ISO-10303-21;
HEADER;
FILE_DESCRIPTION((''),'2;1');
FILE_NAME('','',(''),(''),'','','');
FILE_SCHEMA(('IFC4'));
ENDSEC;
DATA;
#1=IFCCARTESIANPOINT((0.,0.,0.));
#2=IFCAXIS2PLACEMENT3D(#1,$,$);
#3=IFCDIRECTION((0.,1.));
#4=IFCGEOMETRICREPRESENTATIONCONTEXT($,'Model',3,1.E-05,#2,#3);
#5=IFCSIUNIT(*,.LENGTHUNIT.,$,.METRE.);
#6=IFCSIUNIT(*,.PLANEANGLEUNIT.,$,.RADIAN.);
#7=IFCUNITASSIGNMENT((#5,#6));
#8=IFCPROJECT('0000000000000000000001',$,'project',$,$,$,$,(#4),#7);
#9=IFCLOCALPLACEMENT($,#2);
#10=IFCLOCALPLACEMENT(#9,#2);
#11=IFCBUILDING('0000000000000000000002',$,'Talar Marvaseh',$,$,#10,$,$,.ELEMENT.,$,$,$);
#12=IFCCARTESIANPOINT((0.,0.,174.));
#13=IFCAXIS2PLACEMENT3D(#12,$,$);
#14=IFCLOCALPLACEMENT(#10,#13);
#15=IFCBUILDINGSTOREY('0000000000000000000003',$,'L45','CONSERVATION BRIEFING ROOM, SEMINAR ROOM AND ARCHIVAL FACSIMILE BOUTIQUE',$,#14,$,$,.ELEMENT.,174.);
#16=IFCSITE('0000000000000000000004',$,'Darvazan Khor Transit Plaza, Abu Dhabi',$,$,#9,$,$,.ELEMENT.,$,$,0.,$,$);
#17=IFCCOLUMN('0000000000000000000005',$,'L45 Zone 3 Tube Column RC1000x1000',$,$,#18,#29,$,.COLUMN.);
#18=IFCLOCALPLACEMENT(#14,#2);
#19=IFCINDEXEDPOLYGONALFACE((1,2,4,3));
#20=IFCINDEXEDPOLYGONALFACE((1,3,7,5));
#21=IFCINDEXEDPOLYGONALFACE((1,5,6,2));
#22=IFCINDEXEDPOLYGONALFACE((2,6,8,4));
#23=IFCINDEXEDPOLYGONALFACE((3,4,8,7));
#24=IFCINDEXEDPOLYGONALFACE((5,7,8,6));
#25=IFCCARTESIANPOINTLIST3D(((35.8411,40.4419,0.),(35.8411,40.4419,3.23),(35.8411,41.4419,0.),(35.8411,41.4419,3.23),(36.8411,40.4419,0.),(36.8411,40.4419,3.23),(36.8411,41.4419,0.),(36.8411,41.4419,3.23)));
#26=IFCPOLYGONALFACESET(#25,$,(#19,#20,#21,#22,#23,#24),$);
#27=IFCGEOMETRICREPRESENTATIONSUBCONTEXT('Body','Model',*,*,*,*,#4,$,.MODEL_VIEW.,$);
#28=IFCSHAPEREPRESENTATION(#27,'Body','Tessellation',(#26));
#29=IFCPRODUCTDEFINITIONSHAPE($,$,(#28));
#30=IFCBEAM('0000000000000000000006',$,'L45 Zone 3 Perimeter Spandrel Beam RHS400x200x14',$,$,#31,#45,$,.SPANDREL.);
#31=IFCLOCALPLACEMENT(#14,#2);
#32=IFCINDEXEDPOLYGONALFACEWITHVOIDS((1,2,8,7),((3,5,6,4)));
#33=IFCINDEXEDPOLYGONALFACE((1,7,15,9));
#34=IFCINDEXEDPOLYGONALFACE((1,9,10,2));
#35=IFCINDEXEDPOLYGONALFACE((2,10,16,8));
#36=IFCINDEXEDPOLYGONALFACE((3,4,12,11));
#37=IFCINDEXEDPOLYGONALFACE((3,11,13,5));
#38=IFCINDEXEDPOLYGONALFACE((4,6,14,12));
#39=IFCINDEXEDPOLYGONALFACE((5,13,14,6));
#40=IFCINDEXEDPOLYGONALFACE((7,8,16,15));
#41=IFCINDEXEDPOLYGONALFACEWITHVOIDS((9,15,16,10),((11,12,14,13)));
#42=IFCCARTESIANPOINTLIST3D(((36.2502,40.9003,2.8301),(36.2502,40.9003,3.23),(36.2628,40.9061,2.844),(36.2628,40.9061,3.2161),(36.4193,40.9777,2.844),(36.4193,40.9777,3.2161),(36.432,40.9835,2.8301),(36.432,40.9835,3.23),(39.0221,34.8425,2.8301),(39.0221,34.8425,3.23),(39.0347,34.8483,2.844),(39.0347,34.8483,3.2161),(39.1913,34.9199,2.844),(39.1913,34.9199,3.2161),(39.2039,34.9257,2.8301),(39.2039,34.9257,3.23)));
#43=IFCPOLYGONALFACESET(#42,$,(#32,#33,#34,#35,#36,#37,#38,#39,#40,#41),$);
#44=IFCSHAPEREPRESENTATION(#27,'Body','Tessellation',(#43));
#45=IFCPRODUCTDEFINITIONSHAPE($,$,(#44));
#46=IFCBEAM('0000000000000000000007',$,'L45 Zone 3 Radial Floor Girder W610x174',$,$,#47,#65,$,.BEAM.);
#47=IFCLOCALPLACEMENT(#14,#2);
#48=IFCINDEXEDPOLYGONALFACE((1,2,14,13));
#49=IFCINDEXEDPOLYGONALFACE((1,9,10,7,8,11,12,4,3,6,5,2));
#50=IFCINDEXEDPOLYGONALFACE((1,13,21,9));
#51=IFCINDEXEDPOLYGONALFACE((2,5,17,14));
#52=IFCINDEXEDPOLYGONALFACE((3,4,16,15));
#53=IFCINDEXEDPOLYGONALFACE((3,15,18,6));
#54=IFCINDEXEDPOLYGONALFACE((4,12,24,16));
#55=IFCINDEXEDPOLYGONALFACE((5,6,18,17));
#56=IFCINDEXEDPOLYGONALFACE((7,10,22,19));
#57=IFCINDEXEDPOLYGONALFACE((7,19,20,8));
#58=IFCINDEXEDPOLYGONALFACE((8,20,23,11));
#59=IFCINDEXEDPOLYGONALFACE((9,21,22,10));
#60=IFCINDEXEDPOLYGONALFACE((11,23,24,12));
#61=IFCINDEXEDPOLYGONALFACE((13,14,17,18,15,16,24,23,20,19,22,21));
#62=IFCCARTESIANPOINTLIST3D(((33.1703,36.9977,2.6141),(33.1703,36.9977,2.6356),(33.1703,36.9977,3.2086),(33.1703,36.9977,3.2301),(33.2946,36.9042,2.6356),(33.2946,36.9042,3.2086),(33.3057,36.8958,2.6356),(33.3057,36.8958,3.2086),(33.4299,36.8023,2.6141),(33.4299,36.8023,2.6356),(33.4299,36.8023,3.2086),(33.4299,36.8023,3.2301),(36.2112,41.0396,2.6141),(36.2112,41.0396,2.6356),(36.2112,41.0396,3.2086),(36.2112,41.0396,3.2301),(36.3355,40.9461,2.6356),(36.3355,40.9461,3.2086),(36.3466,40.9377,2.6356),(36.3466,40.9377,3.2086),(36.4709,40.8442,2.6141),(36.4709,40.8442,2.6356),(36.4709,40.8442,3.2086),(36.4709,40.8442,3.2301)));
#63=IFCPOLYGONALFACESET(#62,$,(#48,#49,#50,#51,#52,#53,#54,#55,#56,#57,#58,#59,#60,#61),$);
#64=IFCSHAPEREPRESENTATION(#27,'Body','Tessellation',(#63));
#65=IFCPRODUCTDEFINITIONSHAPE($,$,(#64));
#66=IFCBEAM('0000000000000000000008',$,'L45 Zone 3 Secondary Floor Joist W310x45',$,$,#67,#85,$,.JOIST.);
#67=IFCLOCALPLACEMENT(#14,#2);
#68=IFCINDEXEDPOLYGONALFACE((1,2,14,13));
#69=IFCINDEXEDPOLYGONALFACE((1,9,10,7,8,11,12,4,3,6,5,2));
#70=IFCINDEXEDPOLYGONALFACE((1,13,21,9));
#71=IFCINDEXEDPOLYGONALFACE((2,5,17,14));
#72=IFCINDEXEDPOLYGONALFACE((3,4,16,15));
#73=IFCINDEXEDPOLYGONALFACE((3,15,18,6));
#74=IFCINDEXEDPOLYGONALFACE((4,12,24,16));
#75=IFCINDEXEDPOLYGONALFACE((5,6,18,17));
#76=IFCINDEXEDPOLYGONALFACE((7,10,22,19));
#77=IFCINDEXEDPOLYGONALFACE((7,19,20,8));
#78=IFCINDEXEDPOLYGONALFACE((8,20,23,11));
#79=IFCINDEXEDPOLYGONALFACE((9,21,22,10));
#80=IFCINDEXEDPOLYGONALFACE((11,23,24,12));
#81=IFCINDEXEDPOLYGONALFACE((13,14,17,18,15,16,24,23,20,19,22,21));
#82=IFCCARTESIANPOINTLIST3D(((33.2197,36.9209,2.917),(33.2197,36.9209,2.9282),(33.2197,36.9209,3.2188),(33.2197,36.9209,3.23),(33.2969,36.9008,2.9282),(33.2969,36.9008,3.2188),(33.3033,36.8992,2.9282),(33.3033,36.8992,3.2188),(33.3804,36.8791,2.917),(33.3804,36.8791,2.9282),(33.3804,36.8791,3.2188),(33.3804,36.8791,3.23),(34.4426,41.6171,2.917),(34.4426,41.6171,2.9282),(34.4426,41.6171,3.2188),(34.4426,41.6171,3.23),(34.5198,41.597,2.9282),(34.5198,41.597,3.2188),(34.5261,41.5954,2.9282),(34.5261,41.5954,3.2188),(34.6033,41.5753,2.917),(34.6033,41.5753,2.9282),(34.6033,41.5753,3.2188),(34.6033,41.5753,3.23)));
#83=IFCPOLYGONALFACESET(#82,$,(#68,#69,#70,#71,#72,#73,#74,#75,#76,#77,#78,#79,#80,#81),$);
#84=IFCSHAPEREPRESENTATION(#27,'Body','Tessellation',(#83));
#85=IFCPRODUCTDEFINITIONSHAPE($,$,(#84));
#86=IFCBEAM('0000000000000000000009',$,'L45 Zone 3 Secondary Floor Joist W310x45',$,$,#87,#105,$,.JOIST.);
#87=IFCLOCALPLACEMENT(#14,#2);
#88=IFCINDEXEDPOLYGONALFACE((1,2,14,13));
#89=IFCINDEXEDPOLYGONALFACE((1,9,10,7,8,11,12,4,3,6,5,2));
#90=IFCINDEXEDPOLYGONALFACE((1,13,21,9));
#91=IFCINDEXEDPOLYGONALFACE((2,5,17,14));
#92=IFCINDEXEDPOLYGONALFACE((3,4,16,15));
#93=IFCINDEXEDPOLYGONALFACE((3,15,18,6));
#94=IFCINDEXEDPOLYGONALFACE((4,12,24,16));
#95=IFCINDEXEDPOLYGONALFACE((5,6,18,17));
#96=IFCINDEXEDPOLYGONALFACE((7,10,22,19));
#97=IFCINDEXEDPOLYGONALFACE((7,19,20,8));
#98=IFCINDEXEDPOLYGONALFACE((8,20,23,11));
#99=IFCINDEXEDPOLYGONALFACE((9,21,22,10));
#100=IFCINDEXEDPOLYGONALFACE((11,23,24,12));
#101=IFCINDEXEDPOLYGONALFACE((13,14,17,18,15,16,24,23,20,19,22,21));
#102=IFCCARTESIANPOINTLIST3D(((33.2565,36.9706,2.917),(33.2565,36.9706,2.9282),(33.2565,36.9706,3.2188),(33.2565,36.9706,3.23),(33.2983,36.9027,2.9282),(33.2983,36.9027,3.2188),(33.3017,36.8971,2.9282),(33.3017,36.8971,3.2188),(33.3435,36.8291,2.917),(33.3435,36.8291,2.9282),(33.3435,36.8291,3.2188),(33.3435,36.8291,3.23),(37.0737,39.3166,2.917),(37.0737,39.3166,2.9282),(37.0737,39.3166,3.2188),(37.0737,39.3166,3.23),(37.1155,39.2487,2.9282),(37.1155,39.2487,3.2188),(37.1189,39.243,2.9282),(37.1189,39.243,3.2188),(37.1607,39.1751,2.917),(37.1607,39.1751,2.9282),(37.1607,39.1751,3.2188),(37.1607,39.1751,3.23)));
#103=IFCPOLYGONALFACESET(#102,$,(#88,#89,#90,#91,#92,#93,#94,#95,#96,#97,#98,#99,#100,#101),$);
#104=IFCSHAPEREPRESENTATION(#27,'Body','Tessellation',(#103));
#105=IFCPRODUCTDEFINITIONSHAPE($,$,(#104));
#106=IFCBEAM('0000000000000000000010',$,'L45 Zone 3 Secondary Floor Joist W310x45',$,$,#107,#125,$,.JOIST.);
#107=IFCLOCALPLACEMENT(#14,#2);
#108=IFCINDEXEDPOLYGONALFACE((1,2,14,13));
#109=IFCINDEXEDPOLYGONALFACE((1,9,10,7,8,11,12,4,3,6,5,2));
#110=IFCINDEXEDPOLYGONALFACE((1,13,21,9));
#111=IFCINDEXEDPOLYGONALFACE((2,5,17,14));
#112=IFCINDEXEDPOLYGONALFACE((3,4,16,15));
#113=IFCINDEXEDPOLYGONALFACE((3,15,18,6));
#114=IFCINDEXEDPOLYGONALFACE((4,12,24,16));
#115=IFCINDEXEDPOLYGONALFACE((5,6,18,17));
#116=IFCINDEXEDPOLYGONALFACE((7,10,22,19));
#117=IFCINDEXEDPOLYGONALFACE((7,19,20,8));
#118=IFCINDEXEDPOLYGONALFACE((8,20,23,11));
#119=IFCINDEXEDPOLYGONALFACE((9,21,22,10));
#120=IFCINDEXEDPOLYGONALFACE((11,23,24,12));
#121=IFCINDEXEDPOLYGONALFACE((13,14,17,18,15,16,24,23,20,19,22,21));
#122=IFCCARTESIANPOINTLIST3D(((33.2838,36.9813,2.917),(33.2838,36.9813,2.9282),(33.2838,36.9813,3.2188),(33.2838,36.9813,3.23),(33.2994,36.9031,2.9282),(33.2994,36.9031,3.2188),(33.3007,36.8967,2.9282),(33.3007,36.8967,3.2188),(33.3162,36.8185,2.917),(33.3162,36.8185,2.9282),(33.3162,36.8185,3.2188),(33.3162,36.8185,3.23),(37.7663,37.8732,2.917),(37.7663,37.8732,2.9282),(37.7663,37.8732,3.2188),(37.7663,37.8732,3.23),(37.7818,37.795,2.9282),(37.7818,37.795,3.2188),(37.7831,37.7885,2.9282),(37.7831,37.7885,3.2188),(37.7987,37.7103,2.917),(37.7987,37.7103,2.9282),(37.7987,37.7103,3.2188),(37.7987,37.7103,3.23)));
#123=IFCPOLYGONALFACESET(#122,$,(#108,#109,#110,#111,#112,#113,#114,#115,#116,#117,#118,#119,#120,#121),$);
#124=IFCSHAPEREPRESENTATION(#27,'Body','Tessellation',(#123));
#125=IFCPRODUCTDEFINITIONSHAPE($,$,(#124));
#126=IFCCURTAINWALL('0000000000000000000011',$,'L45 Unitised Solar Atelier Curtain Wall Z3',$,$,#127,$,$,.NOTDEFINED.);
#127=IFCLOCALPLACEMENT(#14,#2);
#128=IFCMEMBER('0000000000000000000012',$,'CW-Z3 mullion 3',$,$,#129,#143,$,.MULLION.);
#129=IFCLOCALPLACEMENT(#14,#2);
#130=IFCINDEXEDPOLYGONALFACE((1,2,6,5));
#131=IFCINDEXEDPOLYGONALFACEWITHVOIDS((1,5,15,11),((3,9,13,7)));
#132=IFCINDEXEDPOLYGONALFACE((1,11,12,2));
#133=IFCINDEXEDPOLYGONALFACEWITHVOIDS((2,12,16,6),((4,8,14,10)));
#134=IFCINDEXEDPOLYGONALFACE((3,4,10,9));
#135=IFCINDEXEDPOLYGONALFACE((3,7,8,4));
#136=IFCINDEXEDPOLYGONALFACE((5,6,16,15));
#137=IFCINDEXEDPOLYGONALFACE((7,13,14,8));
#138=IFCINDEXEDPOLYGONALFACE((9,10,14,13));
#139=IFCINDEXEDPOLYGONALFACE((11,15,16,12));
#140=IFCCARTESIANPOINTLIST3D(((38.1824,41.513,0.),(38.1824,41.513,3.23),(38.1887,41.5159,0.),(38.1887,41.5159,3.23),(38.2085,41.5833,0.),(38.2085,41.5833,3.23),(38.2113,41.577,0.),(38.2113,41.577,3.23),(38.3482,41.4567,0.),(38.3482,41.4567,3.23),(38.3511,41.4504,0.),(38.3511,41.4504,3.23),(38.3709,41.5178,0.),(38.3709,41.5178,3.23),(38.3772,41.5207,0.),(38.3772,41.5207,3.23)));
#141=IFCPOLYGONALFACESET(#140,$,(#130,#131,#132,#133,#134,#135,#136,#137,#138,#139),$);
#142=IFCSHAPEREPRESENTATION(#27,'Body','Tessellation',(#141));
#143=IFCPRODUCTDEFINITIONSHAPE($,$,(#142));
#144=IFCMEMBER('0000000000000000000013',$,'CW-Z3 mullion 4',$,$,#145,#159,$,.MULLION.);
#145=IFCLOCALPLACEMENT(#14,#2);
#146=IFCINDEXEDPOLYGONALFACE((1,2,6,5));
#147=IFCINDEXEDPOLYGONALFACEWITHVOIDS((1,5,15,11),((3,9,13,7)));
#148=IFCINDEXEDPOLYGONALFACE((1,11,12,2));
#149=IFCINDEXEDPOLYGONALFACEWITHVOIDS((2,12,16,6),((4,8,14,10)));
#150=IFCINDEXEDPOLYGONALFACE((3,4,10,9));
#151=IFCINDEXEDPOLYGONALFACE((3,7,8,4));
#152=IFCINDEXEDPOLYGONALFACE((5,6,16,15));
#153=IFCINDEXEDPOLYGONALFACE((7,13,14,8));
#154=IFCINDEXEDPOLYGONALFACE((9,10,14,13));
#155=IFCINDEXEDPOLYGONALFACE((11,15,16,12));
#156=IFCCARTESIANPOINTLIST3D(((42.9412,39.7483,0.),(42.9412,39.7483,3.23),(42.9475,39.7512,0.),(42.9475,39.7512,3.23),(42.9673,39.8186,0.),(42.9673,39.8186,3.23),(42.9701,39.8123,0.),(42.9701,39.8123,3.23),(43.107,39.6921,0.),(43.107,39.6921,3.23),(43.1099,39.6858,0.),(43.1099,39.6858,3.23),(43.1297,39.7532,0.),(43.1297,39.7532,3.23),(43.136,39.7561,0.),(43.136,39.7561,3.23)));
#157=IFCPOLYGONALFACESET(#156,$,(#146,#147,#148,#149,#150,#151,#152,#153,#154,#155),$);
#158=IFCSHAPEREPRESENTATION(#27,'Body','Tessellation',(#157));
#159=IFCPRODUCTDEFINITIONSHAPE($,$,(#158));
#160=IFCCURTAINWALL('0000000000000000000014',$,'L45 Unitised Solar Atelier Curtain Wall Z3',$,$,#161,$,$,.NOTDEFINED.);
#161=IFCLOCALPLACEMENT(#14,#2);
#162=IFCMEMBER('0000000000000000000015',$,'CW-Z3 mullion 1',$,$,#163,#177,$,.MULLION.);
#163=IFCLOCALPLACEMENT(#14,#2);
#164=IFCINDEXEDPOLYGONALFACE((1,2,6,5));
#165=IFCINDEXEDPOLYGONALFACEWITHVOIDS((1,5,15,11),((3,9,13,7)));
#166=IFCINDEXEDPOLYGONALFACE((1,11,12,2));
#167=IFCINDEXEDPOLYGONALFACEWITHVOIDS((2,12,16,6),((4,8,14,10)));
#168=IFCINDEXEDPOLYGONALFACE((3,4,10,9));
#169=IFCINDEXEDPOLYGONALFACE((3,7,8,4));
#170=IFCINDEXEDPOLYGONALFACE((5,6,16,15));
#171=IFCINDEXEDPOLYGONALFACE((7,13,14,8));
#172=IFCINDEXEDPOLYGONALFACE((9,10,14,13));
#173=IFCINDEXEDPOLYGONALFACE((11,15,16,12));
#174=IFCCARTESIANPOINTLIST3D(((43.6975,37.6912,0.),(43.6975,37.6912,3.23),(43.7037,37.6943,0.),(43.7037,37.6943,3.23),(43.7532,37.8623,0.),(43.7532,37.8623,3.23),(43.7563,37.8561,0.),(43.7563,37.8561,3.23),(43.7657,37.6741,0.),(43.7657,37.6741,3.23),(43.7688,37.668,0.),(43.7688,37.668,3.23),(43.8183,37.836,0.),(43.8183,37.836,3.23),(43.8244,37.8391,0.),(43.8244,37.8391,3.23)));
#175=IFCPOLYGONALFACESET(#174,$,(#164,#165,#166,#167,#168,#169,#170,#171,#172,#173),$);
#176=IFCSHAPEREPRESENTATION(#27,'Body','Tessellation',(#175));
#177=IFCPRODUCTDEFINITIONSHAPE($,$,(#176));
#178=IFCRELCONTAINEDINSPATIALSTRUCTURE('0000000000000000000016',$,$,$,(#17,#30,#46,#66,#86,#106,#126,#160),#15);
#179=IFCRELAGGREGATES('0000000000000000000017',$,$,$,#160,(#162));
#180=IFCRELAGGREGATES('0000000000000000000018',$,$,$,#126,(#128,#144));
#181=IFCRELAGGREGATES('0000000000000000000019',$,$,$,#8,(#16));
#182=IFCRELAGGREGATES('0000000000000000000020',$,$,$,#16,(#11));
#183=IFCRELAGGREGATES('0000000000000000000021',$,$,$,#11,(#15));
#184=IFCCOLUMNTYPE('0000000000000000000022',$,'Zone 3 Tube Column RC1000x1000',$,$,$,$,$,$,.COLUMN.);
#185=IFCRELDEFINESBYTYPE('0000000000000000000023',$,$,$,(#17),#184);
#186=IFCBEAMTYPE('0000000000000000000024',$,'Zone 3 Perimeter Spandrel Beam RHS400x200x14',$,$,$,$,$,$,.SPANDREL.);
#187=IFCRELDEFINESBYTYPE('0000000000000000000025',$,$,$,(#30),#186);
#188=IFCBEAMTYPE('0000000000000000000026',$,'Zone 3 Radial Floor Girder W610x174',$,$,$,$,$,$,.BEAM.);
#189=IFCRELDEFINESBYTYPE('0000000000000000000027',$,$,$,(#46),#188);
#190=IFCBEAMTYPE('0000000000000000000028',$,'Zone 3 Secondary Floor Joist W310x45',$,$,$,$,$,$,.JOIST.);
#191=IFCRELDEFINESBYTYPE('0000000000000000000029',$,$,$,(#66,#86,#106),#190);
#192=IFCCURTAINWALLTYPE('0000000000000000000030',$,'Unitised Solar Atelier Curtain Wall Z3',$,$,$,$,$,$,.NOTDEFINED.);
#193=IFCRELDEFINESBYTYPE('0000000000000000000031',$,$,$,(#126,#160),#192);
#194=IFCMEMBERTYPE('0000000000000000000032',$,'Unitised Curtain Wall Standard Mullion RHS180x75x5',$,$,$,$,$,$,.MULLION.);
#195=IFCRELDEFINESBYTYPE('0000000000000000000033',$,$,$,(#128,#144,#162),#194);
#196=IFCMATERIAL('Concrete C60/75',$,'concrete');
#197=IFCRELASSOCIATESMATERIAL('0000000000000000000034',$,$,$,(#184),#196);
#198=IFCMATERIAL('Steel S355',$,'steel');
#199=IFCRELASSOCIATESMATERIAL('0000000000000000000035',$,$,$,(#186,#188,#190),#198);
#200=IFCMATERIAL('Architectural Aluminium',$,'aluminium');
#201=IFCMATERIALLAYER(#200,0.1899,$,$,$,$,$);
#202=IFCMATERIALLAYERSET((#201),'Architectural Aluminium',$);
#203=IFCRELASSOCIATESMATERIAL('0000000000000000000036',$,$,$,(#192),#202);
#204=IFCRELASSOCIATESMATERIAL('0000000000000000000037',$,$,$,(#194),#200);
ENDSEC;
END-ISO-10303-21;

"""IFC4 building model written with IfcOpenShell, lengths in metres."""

from ifc_helpers import new_model, si_unit, direction, frame, origin, origin_2d, place, context, subcontext, project, spatial, rectangle, hollow_rectangle, i_section, extrude, source, transform, mapped, material, layer, layer_set, material_profile, profile_set, type_object, type_shapes, element, aggregate, save


model = new_model("IFC4")

# Units and contexts
model_context = context("Model", 3, precision=1e-05, world=origin(), true_north=direction((0.0, 1.0)))
body_context = subcontext(model_context, "Body", "Model", "MODEL_VIEW")
ifc_project = project(units=[si_unit("LENGTHUNIT", "METRE"), si_unit("PLANEANGLEUNIT", "RADIAN")], contexts=[model_context])

# Site, building, storey
site_placement = place(None, origin())
site = spatial("IfcSite", under=ifc_project, at=site_placement, Name="Darvazan Khor Transit Plaza, Abu Dhabi", CompositionType="ELEMENT", RefElevation=0.0)
building_placement = place(site_placement, origin())
building = spatial("IfcBuilding", under=site, at=building_placement, Name="Talar Marvaseh", CompositionType="ELEMENT")
storey_placement = place(building_placement, frame((0.0, 0.0, 174.0)))
storey = spatial("IfcBuildingStorey", under=building, at=storey_placement, Name="L45", Description="CONSERVATION BRIEFING ROOM, SEMINAR ROOM AND ARCHIVAL FACSIMILE BOUTIQUE", CompositionType="ELEMENT", Elevation=174.0)

# Column
ifc_material_1 = material(Name="Concrete C60/75", Category="concrete")
ifc_material_profile_1 = material_profile(ifc_material_1, rectangle(XDim=1.0, YDim=1.0, at=origin_2d()), Name="RC1000x1000")
ifc_profile_set_1 = profile_set([ifc_material_profile_1], Name="Concrete C60/75")
column_type = type_object("IfcColumnType", Name="Zone 3 Tube Column RC1000x1000", PredefinedType="COLUMN", material=ifc_profile_set_1)
column_placement = place(storey_placement, frame((36.3411, 40.9419, 0.0), z_axis=(0.0, 0.0, 1.0), x_axis=(1.0, 0.0, 0.0)))
element("IfcColumn", 1, at=column_placement, inside=storey, type_object=column_type, Name="L45 Zone 3 Tube Column RC1000x1000", PredefinedType="COLUMN", context=body_context, shape_type="SweptSolid", body=[
    extrude(rectangle(XDim=1.0, YDim=1.0, at=origin_2d()), origin(), (0.0, 0.0, 1.0), 3.23),
])

# Beams
ifc_material_2 = material(Name="Steel S355", Category="steel")
ifc_material_profile_2 = material_profile(ifc_material_2, hollow_rectangle(XDim=0.2, YDim=0.3999, WallThickness=0.0139, at=origin_2d()), Name="RHS400x200x14")
ifc_profile_set_2 = profile_set([ifc_material_profile_2], Name="Steel S355")
beam_type_1 = type_object("IfcBeamType", Name="Zone 3 Perimeter Spandrel Beam RHS400x200x14", PredefinedType="SPANDREL", material=ifc_profile_set_2)
beam_1_placement = place(storey_placement, frame((36.3411, 40.9419, 3.03), z_axis=(0.416091, -0.909323, 0.0), x_axis=(0.909323, 0.416091, 0.0)))
element("IfcBeam", 2, at=beam_1_placement, inside=storey, type_object=beam_type_1, Name="L45 Zone 3 Perimeter Spandrel Beam RHS400x200x14", PredefinedType="SPANDREL", context=body_context, shape_type="SweptSolid", body=[
    extrude(hollow_rectangle(XDim=0.2, YDim=0.3999, WallThickness=0.0139, at=origin_2d()), origin(), (0.0, 0.0, 1.0), 6.6619),
])
ifc_material_profile_3 = material_profile(ifc_material_2, i_section(OverallWidth=0.325, OverallDepth=0.616, WebThickness=0.0139, FlangeThickness=0.0215, at=origin_2d()), Name="W610x174")
ifc_profile_set_3 = profile_set([ifc_material_profile_3], Name="Steel S355")
beam_type_2 = type_object("IfcBeamType", Name="Zone 3 Radial Floor Girder W610x174", PredefinedType="BEAM", material=ifc_profile_set_3)
beam_2_placement = place(storey_placement, frame((36.3411, 40.9419, 2.9221), z_axis=(-0.601204, -0.799096, 0.0), x_axis=(0.799096, -0.601204, 0.0)))
element("IfcBeam", 3, at=beam_2_placement, inside=storey, type_object=beam_type_2, Name="L45 Zone 3 Radial Floor Girder W610x174", PredefinedType="BEAM", context=body_context, shape_type="SweptSolid", body=[
    extrude(i_section(OverallWidth=0.325, OverallDepth=0.616, WebThickness=0.0139, FlangeThickness=0.0215, at=origin_2d()), origin(), (0.0, 0.0, 1.0), 5.0581),
])
ifc_material_profile_4 = material_profile(ifc_material_2, i_section(OverallWidth=0.166, OverallDepth=0.313, WebThickness=0.0066, FlangeThickness=0.0112, at=origin_2d()), Name="W310x45")
ifc_profile_set_4 = profile_set([ifc_material_profile_4], Name="Steel S355")
beam_type_3 = type_object("IfcBeamType", Name="Zone 3 Secondary Floor Joist W310x45", PredefinedType="JOIST", material=ifc_profile_set_4)
beam_3_placement = place(storey_placement, frame((34.5229, 41.5962, 3.0735), z_axis=(-0.251994, -0.967729, 0.0), x_axis=(0.967729, -0.251994, 0.0)))
element("IfcBeam", 4, at=beam_3_placement, inside=storey, type_object=beam_type_3, Name="L45 Zone 3 Secondary Floor Joist W310x45", PredefinedType="JOIST", context=body_context, shape_type="SweptSolid", body=[
    extrude(i_section(OverallWidth=0.166, OverallDepth=0.313, WebThickness=0.0066, FlangeThickness=0.0112, at=origin_2d()), origin(), (0.0, 0.0, 1.0), 4.8528),
])
beam_4_placement = place(storey_placement, frame((37.1172, 39.2458, 3.0735), z_axis=(-0.851963, -0.523602, 0.0), x_axis=(0.523602, -0.851963, 0.0)))
element("IfcBeam", 5, at=beam_4_placement, inside=storey, type_object=beam_type_3, Name="L45 Zone 3 Secondary Floor Joist W310x45", PredefinedType="JOIST", context=body_context, shape_type="SweptSolid", body=[
    extrude(i_section(OverallWidth=0.166, OverallDepth=0.313, WebThickness=0.0066, FlangeThickness=0.0112, at=origin_2d()), origin(), (0.0, 0.0, 1.0), 4.4805),
])
beam_5_placement = place(storey_placement, frame((37.7825, 37.7917, 3.0735), z_axis=(-0.980775, -0.19514, 0.0), x_axis=(0.19514, -0.980775, 0.0)))
element("IfcBeam", 6, at=beam_5_placement, inside=storey, type_object=beam_type_3, Name="L45 Zone 3 Secondary Floor Joist W310x45", PredefinedType="JOIST", context=body_context, shape_type="SweptSolid", body=[
    extrude(i_section(OverallWidth=0.166, OverallDepth=0.313, WebThickness=0.0066, FlangeThickness=0.0112, at=origin_2d()), origin(), (0.0, 0.0, 1.0), 4.5703),
])

# Curtain wall, members
ifc_material_3 = material(Name="Architectural Aluminium", Category="aluminium")
ifc_layer_1 = layer(ifc_material_3, 0.1899)
ifc_layer_set_1 = layer_set([ifc_layer_1], Name="Architectural Aluminium")
curtain_wall_type = type_object("IfcCurtainWallType", Name="Unitised Solar Atelier Curtain Wall Z3", PredefinedType="NOTDEFINED", material=ifc_layer_set_1)
curtain_wall_1_placement = place(storey_placement, origin())
curtain_wall_1 = element("IfcCurtainWall", 7, at=curtain_wall_1_placement, inside=storey, type_object=curtain_wall_type, Name="L45 Unitised Solar Atelier Curtain Wall Z3", PredefinedType="NOTDEFINED")
ifc_material_profile_5 = material_profile(ifc_material_3, hollow_rectangle(XDim=0.075, YDim=0.1799, WallThickness=0.0049, at=origin_2d()), Name="RHS180x75x5")
ifc_profile_set_5 = profile_set([ifc_material_profile_5], Name="Architectural Aluminium")
member_type_1 = type_object("IfcMemberType", Name="Unitised Curtain Wall Standard Mullion RHS180x75x5", PredefinedType="MULLION", material=ifc_profile_set_5)
shared_shape_1 = source(origin(), body_context, "Body", "SweptSolid", [
    extrude(hollow_rectangle(XDim=0.075, YDim=0.1799, WallThickness=0.0049, at=origin_2d()), origin(), (0.0, 0.0, 1.0), 3.23),
])
type_shapes(member_type_1, [shared_shape_1])
member_1_placement = place(storey_placement, frame((38.2798, 41.5168, 0.0), z_axis=(0.0, 0.0, 1.0), x_axis=(0.347695, 0.937608, 0.0)))
member_1 = element("IfcMember", 8, at=member_1_placement, type_object=member_type_1, Name="CW-Z3 mullion 3", PredefinedType="MULLION", context=body_context, shape_type="MappedRepresentation", body=[
    mapped(shared_shape_1, transform((0.0, 0.0, 0.0), x_axis=(1.0, 0.0, 0.0), y_axis=(0.0, 1.0, 0.0), z_axis=(0.0, 0.0, 1.0), scale=1.0)),
])
member_2_placement = place(storey_placement, frame((43.0386, 39.7522, 0.0), z_axis=(0.0, 0.0, 1.0), x_axis=(0.347695, 0.937608, 0.0)))
member_2 = element("IfcMember", 9, at=member_2_placement, type_object=member_type_1, Name="CW-Z3 mullion 4", PredefinedType="MULLION", context=body_context, shape_type="MappedRepresentation", body=[
    mapped(shared_shape_1, transform((0.0, 0.0, 0.0), x_axis=(1.0, 0.0, 0.0), y_axis=(0.0, 1.0, 0.0), z_axis=(0.0, 0.0, 1.0), scale=1.0)),
])

# Curtain wall, member
curtain_wall_2_placement = place(storey_placement, origin())
curtain_wall_2 = element("IfcCurtainWall", 10, at=curtain_wall_2_placement, inside=storey, type_object=curtain_wall_type, Name="L45 Unitised Solar Atelier Curtain Wall Z3", PredefinedType="NOTDEFINED")
member_3_placement = place(storey_placement, frame((43.761, 37.7651, 0.0), z_axis=(0.0, 0.0, 1.0), x_axis=(0.951009, -0.309164, 0.0)))
member_3 = element("IfcMember", 11, at=member_3_placement, type_object=member_type_1, Name="CW-Z3 mullion 1", PredefinedType="MULLION", context=body_context, shape_type="MappedRepresentation", body=[
    mapped(shared_shape_1, transform((0.0, 0.0, 0.0), x_axis=(1.0, 0.0, 0.0), y_axis=(0.0, 1.0, 0.0), z_axis=(0.0, 0.0, 1.0), scale=1.0)),
])

aggregate(curtain_wall_2, [member_3])

aggregate(curtain_wall_1, [member_1, member_2])

save(model, "model.ifc")
